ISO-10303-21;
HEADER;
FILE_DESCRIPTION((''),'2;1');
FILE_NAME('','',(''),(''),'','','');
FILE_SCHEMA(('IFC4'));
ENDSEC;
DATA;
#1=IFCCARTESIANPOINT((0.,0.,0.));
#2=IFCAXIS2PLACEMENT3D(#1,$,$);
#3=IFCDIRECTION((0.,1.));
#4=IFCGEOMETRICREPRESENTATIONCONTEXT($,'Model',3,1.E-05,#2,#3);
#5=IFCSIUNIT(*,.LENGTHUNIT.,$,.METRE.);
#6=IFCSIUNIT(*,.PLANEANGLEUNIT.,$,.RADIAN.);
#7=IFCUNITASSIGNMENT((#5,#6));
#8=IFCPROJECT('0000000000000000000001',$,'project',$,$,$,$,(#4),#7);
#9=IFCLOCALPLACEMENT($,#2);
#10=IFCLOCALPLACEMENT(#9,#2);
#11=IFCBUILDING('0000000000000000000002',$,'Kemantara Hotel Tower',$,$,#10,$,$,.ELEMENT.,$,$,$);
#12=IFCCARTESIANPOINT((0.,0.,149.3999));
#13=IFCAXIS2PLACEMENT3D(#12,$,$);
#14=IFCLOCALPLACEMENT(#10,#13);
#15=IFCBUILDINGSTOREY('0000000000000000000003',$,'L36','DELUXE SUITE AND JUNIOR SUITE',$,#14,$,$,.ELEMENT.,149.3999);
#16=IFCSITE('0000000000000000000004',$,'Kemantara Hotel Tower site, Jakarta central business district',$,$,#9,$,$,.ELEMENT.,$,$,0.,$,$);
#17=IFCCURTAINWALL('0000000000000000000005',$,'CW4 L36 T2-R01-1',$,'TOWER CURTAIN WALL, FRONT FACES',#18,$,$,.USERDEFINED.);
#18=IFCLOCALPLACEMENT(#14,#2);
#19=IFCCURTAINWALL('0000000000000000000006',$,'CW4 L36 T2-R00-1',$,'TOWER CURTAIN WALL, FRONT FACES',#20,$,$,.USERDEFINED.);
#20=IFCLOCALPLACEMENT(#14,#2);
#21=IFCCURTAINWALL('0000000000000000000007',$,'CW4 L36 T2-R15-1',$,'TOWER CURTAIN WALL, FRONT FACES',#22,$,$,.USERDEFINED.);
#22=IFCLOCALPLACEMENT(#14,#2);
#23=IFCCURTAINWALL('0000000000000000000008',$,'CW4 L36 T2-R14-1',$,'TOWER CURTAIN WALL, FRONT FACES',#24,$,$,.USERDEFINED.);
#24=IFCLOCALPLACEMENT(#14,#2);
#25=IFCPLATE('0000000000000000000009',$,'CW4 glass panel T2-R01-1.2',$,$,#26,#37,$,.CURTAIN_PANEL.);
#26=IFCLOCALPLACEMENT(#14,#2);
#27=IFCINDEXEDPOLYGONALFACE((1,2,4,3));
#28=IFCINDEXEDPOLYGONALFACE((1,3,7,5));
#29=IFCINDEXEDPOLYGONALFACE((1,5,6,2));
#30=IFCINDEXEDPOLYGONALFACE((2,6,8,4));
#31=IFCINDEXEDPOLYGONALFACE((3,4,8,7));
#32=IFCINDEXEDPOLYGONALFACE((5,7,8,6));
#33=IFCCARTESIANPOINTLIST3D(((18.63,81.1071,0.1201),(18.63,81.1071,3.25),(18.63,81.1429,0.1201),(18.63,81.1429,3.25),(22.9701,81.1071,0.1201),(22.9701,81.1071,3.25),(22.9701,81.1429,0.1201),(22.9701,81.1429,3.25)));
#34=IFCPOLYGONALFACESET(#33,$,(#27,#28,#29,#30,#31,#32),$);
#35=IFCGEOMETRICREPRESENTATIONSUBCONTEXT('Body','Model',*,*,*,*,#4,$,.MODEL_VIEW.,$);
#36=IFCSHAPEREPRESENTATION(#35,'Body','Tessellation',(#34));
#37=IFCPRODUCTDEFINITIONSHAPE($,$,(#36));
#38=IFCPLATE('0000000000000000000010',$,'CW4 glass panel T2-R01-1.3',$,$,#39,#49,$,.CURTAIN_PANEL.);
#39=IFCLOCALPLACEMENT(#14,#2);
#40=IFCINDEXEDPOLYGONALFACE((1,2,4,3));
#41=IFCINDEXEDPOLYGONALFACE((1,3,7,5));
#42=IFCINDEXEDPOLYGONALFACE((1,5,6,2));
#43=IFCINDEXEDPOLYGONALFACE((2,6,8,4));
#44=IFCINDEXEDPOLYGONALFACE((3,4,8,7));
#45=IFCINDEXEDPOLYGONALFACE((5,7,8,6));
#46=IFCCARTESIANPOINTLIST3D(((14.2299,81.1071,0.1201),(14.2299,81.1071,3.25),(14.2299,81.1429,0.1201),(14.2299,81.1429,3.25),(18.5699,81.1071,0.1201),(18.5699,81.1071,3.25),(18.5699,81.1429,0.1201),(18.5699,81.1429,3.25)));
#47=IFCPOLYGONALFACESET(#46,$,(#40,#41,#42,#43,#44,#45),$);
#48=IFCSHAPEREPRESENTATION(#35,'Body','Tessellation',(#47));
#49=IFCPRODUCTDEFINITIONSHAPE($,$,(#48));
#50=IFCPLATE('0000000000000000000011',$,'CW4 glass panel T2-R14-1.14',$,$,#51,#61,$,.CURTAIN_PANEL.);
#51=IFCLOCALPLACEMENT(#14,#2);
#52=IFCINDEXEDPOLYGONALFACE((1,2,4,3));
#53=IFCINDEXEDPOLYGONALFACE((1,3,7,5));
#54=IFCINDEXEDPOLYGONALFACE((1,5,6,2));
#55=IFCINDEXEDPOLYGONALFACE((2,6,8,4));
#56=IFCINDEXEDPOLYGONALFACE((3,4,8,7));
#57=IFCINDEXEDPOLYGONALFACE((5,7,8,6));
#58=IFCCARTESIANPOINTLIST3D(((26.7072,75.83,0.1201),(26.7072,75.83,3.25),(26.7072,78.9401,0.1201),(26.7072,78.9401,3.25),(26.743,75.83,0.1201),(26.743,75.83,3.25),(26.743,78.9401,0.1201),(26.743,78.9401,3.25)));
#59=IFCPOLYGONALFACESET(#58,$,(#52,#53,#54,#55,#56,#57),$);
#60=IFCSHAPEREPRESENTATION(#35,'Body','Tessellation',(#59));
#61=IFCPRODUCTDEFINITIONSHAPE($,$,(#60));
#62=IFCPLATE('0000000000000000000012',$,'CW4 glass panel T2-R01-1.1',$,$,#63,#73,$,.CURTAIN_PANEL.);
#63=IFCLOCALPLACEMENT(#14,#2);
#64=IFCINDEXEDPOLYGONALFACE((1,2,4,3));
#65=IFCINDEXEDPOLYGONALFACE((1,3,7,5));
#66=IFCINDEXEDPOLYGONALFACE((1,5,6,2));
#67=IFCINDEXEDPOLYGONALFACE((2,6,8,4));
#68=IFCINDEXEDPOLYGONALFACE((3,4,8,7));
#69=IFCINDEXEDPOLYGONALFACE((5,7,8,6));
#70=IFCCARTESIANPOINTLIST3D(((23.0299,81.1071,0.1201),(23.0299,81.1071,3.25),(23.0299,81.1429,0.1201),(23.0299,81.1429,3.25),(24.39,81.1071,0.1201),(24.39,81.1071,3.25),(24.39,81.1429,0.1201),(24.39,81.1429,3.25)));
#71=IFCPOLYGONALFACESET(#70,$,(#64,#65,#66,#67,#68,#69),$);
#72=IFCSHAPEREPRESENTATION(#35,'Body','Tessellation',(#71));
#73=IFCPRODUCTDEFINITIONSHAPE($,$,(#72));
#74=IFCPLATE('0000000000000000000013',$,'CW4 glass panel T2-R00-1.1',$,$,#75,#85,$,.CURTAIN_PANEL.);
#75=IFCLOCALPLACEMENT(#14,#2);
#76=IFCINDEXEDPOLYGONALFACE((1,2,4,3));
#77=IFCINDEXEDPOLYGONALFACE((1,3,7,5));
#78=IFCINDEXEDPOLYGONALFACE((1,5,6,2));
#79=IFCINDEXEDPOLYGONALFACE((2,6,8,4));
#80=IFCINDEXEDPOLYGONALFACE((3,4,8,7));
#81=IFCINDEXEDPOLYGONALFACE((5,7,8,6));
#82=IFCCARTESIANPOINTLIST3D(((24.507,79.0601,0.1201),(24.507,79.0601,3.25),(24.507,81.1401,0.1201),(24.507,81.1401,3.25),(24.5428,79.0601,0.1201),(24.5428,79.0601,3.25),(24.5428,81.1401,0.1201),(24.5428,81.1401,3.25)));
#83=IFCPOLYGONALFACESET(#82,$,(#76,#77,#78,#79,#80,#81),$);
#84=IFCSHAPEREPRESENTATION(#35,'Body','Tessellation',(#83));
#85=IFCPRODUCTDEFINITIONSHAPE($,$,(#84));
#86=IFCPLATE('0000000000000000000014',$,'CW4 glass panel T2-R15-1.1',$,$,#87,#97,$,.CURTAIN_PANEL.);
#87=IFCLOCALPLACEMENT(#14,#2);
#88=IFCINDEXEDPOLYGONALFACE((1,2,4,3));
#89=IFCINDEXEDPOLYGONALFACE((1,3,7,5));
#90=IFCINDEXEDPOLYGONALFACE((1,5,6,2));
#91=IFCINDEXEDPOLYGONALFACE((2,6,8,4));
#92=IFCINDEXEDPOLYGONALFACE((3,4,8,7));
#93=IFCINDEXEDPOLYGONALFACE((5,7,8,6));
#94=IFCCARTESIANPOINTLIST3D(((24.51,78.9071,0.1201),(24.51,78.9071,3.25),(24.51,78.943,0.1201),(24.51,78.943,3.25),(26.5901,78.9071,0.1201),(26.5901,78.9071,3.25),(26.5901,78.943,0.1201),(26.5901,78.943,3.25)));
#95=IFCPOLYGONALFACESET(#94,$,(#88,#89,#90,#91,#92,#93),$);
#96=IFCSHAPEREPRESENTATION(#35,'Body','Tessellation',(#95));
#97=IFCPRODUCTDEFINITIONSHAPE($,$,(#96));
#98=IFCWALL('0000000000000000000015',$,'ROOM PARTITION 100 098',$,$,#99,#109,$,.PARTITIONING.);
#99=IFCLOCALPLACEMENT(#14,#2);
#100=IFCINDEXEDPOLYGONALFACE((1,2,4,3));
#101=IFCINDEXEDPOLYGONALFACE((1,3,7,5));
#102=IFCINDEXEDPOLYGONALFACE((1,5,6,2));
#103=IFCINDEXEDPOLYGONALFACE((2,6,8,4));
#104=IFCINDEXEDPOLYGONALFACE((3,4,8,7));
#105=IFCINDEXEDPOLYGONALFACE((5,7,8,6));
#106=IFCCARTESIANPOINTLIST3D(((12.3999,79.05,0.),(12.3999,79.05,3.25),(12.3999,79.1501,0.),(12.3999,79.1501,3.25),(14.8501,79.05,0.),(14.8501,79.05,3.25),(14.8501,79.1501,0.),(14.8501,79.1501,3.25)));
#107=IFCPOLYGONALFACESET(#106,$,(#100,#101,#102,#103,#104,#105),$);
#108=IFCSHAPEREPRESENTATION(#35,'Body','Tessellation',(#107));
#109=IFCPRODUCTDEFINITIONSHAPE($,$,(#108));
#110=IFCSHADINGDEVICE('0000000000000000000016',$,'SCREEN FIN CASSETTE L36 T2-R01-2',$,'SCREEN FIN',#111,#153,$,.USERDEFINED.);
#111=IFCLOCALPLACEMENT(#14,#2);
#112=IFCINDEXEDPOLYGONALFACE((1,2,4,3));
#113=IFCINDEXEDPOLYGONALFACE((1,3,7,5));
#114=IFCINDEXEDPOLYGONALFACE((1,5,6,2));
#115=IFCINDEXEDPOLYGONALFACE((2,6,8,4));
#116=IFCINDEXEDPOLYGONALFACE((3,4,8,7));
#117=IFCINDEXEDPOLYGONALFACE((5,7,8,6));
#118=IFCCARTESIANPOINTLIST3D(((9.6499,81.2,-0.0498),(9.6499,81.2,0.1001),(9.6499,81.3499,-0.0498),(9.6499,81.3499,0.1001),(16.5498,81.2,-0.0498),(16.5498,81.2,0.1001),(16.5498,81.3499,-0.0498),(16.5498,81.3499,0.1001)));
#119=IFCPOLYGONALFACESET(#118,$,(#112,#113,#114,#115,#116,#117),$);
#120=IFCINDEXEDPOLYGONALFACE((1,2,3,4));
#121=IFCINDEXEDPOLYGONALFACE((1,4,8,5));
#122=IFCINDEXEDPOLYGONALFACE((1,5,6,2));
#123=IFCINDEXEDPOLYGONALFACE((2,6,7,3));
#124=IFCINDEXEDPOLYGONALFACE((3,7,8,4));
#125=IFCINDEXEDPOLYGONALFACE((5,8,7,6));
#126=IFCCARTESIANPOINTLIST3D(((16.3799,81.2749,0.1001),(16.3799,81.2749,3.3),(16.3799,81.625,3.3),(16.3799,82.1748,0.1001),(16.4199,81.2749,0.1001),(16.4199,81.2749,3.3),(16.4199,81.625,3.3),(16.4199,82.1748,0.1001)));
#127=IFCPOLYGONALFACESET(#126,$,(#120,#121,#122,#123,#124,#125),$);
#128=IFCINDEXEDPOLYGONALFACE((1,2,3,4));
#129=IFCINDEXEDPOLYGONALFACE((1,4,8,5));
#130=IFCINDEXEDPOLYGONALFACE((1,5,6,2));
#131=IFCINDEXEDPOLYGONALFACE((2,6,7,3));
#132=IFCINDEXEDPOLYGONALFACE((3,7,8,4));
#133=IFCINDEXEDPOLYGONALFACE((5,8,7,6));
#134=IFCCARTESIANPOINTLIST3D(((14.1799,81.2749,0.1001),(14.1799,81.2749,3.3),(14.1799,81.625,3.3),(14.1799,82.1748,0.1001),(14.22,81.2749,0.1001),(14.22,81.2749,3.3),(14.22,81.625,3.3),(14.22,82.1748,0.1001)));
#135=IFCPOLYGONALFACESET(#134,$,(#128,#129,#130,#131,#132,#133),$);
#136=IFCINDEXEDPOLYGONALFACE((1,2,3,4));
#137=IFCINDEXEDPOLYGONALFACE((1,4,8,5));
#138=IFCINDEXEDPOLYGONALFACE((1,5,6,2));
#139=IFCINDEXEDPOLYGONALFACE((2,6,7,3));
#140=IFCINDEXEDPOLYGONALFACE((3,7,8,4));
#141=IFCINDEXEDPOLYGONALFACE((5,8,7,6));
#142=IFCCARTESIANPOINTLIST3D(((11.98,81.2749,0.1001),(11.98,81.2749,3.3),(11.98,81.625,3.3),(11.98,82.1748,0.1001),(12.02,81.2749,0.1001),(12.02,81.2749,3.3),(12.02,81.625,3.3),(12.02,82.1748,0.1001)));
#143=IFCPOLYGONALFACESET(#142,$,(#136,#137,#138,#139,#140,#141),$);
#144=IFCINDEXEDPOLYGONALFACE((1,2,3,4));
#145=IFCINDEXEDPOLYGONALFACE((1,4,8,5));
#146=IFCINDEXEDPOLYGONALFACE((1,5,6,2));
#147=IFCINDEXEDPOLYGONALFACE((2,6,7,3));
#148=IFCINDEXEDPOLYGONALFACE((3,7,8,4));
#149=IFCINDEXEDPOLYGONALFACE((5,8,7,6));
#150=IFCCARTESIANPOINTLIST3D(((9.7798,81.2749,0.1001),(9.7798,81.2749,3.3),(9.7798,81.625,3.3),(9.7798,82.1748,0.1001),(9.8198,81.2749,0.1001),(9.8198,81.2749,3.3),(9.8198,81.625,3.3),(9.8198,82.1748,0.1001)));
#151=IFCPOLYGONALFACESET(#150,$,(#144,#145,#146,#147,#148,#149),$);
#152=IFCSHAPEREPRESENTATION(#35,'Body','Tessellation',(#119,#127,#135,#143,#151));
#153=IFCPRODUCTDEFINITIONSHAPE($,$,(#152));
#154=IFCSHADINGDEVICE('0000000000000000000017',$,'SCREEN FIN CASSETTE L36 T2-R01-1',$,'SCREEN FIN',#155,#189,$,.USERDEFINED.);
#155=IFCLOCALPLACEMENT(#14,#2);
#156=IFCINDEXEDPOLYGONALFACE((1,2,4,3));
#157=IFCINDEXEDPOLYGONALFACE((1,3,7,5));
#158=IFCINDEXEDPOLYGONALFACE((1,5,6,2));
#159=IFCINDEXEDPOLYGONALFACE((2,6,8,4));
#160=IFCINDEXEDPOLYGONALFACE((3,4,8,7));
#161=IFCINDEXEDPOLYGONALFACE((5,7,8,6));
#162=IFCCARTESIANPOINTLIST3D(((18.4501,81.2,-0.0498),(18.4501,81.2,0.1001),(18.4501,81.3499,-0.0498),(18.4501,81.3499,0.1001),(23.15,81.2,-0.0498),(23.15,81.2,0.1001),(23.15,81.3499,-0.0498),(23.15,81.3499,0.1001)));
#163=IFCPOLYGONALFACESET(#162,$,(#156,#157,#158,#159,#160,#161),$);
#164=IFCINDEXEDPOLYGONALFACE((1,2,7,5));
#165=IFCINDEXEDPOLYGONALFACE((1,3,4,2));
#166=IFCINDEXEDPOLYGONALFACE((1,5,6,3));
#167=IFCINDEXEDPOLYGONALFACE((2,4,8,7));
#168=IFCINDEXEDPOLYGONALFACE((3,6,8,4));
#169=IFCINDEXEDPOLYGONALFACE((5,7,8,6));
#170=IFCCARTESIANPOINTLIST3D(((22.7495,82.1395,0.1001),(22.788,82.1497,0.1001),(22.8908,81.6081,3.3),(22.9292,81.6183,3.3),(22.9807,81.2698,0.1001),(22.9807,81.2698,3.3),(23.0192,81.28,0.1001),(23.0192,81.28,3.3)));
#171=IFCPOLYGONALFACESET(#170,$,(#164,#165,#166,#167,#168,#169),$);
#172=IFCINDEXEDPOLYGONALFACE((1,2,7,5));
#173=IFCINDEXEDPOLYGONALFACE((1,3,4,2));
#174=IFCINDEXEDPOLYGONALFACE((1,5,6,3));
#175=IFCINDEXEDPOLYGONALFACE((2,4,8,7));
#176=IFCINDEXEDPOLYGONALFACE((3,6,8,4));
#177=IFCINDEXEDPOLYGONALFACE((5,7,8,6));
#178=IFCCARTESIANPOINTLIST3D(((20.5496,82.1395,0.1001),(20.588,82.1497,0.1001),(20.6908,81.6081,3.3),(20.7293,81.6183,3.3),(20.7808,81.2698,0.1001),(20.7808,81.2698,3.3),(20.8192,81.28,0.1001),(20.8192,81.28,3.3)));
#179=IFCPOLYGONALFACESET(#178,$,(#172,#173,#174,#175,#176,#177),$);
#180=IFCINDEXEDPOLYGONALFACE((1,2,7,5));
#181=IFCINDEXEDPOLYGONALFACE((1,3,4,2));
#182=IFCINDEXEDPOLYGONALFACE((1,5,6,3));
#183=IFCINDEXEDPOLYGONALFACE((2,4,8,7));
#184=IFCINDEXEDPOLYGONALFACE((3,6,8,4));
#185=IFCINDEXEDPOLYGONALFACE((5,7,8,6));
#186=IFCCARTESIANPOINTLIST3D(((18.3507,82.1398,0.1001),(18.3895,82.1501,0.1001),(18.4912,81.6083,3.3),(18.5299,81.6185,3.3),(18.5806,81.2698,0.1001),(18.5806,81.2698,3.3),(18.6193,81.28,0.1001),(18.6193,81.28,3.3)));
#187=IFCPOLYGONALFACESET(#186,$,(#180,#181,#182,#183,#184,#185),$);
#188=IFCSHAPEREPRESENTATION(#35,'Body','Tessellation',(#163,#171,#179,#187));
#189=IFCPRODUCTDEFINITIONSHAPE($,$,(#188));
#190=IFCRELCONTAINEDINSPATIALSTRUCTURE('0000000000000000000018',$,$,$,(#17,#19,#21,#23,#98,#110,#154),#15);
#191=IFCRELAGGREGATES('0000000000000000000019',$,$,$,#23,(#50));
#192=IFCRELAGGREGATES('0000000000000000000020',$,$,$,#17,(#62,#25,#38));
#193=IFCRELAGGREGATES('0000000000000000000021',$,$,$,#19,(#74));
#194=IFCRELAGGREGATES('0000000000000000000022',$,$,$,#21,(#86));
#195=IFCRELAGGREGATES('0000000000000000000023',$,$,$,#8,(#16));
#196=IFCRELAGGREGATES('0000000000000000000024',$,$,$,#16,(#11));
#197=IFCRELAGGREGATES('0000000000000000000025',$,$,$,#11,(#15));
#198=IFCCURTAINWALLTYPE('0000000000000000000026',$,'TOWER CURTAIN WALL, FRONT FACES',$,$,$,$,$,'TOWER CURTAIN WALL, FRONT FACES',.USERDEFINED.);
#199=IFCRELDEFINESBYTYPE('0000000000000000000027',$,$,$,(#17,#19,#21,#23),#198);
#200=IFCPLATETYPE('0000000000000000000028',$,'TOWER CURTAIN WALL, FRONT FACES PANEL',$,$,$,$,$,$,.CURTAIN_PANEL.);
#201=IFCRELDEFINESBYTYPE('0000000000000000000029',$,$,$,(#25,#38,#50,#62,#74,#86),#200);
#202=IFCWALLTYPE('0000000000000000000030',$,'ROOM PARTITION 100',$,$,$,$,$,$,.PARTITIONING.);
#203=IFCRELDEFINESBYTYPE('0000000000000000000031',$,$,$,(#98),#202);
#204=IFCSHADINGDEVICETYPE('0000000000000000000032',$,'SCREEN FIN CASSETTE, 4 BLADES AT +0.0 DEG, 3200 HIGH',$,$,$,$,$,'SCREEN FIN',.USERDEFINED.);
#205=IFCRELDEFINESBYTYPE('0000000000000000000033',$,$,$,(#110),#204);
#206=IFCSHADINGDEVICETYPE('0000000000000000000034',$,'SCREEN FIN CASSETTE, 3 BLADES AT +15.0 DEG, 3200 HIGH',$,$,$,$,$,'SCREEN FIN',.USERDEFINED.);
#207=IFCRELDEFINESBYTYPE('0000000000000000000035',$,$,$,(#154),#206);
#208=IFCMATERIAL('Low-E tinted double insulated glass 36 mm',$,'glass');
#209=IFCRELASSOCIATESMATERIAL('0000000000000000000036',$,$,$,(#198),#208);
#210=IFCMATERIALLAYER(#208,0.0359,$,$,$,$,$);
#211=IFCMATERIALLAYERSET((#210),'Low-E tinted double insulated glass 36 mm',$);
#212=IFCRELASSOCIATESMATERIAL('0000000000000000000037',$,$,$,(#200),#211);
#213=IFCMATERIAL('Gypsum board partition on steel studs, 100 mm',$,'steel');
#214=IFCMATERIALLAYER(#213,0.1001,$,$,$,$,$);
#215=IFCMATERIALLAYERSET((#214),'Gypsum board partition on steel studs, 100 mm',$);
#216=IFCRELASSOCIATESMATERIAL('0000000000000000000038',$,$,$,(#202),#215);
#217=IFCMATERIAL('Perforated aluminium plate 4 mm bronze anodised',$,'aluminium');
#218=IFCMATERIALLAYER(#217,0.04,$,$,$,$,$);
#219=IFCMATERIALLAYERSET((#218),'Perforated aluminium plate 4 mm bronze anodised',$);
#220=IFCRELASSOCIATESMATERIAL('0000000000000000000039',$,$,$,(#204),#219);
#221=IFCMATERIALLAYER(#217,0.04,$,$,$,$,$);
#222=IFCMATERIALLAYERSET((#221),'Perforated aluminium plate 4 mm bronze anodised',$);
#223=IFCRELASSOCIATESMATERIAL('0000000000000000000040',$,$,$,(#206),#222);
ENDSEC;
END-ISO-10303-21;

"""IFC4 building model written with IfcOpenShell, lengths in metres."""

from ifc_helpers import new_model, si_unit, direction, frame, frame_2d, origin, origin_2d, place, context, subcontext, project, spatial, polyline, rectangle, outline, extrude, source, transform, mapped, material, layer, layer_set, type_object, element, aggregate, save


model = new_model("IFC4")

# Units and contexts
model_context = context("Model", 3, precision=1e-05, world=origin(), true_north=direction((0.0, 1.0)))
body_context = subcontext(model_context, "Body", "Model", "MODEL_VIEW")
ifc_project = project(units=[si_unit("LENGTHUNIT", "METRE"), si_unit("PLANEANGLEUNIT", "RADIAN")], contexts=[model_context])

# Site, building, storey
site_placement = place(None, origin())
site = spatial("IfcSite", under=ifc_project, at=site_placement, Name="Kemantara Hotel Tower site, Jakarta central business district", CompositionType="ELEMENT", RefElevation=0.0)
building_placement = place(site_placement, origin())
building = spatial("IfcBuilding", under=site, at=building_placement, Name="Kemantara Hotel Tower", CompositionType="ELEMENT")
storey_placement = place(building_placement, frame((0.0, 0.0, 149.3999)))
storey = spatial("IfcBuildingStorey", under=building, at=storey_placement, Name="L36", Description="DELUXE SUITE AND JUNIOR SUITE", CompositionType="ELEMENT", Elevation=149.3999)

# Curtain walls
ifc_material_1 = material(Name="Low-E tinted double insulated glass 36 mm", Category="glass")
curtain_wall_type = type_object("IfcCurtainWallType", Name="TOWER CURTAIN WALL, FRONT FACES", ElementType="TOWER CURTAIN WALL, FRONT FACES", PredefinedType="USERDEFINED", material=ifc_material_1)
curtain_wall_1_placement = place(storey_placement, origin())
curtain_wall_1 = element("IfcCurtainWall", 1, at=curtain_wall_1_placement, inside=storey, type_object=curtain_wall_type, Name="CW4 L36 T2-R01-1", ObjectType="TOWER CURTAIN WALL, FRONT FACES", PredefinedType="USERDEFINED")
curtain_wall_2_placement = place(storey_placement, origin())
curtain_wall_2 = element("IfcCurtainWall", 2, at=curtain_wall_2_placement, inside=storey, type_object=curtain_wall_type, Name="CW4 L36 T2-R00-1", ObjectType="TOWER CURTAIN WALL, FRONT FACES", PredefinedType="USERDEFINED")
curtain_wall_3_placement = place(storey_placement, origin())
curtain_wall_3 = element("IfcCurtainWall", 3, at=curtain_wall_3_placement, inside=storey, type_object=curtain_wall_type, Name="CW4 L36 T2-R15-1", ObjectType="TOWER CURTAIN WALL, FRONT FACES", PredefinedType="USERDEFINED")

# Curtain wall
curtain_wall_4_placement = place(storey_placement, origin())
curtain_wall_4 = element("IfcCurtainWall", 4, at=curtain_wall_4_placement, inside=storey, type_object=curtain_wall_type, Name="CW4 L36 T2-R14-1", ObjectType="TOWER CURTAIN WALL, FRONT FACES", PredefinedType="USERDEFINED")

# Plates
ifc_layer_1 = layer(ifc_material_1, 0.0359)
ifc_layer_set_1 = layer_set([ifc_layer_1], Name="Low-E tinted double insulated glass 36 mm")
plate_type = type_object("IfcPlateType", Name="TOWER CURTAIN WALL, FRONT FACES PANEL", PredefinedType="CURTAIN_PANEL", material=ifc_layer_set_1)
shared_shape_1 = source(origin(), body_context, "Body", "SweptSolid", [
    extrude(rectangle(XDim=4.3401, YDim=0.0359, at=origin_2d()), origin(), (0.0, 0.0, 1.0), 3.1299),
])
plate_1_placement = place(storey_placement, frame((20.8, 81.125, 0.1201), z_axis=(0.0, 0.0, 1.0), x_axis=(-1.0, 0.0, 0.0)))
plate_1 = element("IfcPlate", 5, at=plate_1_placement, type_object=plate_type, Name="CW4 glass panel T2-R01-1.2", PredefinedType="CURTAIN_PANEL", context=body_context, shape_type="MappedRepresentation", body=[
    mapped(shared_shape_1, transform((0.0, 0.0, 0.0))),
])
plate_2_placement = place(storey_placement, frame((16.3999, 81.125, 0.1201), z_axis=(0.0, 0.0, 1.0), x_axis=(-1.0, 0.0, 0.0)))
plate_2 = element("IfcPlate", 6, at=plate_2_placement, type_object=plate_type, Name="CW4 glass panel T2-R01-1.3", PredefinedType="CURTAIN_PANEL", context=body_context, shape_type="MappedRepresentation", body=[
    mapped(shared_shape_1, transform((0.0, 0.0, 0.0))),
])
shared_shape_2 = source(origin(), body_context, "Body", "SweptSolid", [
    extrude(rectangle(XDim=3.1101, YDim=0.0359, at=origin_2d()), origin(), (0.0, 0.0, 1.0), 3.1299),
])
plate_3_placement = place(storey_placement, frame((26.7251, 77.385, 0.1201), z_axis=(0.0, 0.0, 1.0), x_axis=(0.0, 1.0, 0.0)))
plate_3 = element("IfcPlate", 7, at=plate_3_placement, type_object=plate_type, Name="CW4 glass panel T2-R14-1.14", PredefinedType="CURTAIN_PANEL", context=body_context, shape_type="MappedRepresentation", body=[
    mapped(shared_shape_2, transform((0.0, 0.0, 0.0))),
])
aggregate(curtain_wall_4, [plate_3])
shared_shape_3 = source(origin(), body_context, "Body", "SweptSolid", [
    extrude(rectangle(XDim=1.3601, YDim=0.0359, at=origin_2d()), origin(), (0.0, 0.0, 1.0), 3.1299),
])
plate_4_placement = place(storey_placement, frame((23.71, 81.125, 0.1201), z_axis=(0.0, 0.0, 1.0), x_axis=(-1.0, 0.0, 0.0)))
plate_4 = element("IfcPlate", 8, at=plate_4_placement, type_object=plate_type, Name="CW4 glass panel T2-R01-1.1", PredefinedType="CURTAIN_PANEL", context=body_context, shape_type="MappedRepresentation", body=[
    mapped(shared_shape_3, transform((0.0, 0.0, 0.0))),
])
aggregate(curtain_wall_1, [plate_4, plate_1, plate_2])
shared_shape_4 = source(origin(), body_context, "Body", "SweptSolid", [
    extrude(rectangle(XDim=2.0801, YDim=0.0359, at=origin_2d()), origin(), (0.0, 0.0, 1.0), 3.1299),
])
plate_5_placement = place(storey_placement, frame((24.5249, 80.1001, 0.1201), z_axis=(0.0, 0.0, 1.0), x_axis=(0.0, 1.0, 0.0)))
plate_5 = element("IfcPlate", 9, at=plate_5_placement, type_object=plate_type, Name="CW4 glass panel T2-R00-1.1", PredefinedType="CURTAIN_PANEL", context=body_context, shape_type="MappedRepresentation", body=[
    mapped(shared_shape_4, transform((0.0, 0.0, 0.0))),
])
aggregate(curtain_wall_2, [plate_5])
plate_6_placement = place(storey_placement, frame((25.55, 78.925, 0.1201), z_axis=(0.0, 0.0, 1.0), x_axis=(-1.0, 0.0, 0.0)))
plate_6 = element("IfcPlate", 10, at=plate_6_placement, type_object=plate_type, Name="CW4 glass panel T2-R15-1.1", PredefinedType="CURTAIN_PANEL", context=body_context, shape_type="MappedRepresentation", body=[
    mapped(shared_shape_4, transform((0.0, 0.0, 0.0))),
])
aggregate(curtain_wall_3, [plate_6])

# Wall
ifc_material_2 = material(Name="Gypsum board partition on steel studs, 100 mm", Category="steel")
ifc_layer_2 = layer(ifc_material_2, 0.1001)
ifc_layer_set_2 = layer_set([ifc_layer_2], Name="Gypsum board partition on steel studs, 100 mm")
wall_type = type_object("IfcWallType", Name="ROOM PARTITION 100", PredefinedType="PARTITIONING", material=ifc_layer_set_2)
wall_placement = place(storey_placement, frame((12.3999, 79.1001, 0.0), z_axis=(0.0, 0.0, 1.0), x_axis=(1.0, 0.0, 0.0)))
element("IfcWall", 11, at=wall_placement, inside=storey, type_object=wall_type, Name="ROOM PARTITION 100 098", PredefinedType="PARTITIONING", context=body_context, shape_type="SweptSolid", body=[
    extrude(rectangle(XDim=2.4502, YDim=0.1001, at=frame_2d((1.2251, 0.0))), origin(), (0.0, 0.0, 1.0), 3.25),
])

# Shading devices
ifc_material_3 = material(Name="Perforated aluminium plate 4 mm bronze anodised", Category="aluminium")
ifc_layer_3 = layer(ifc_material_3, 0.04)
ifc_layer_set_3 = layer_set([ifc_layer_3], Name="Perforated aluminium plate 4 mm bronze anodised")
shading_device_type_1 = type_object("IfcShadingDeviceType", Name="SCREEN FIN CASSETTE, 4 BLADES AT +0.0 DEG, 3200 HIGH", ElementType="SCREEN FIN", PredefinedType="USERDEFINED", material=ifc_layer_set_3)
shared_shape_5 = source(origin(), body_context, "Body", "SweptSolid", [
    extrude(rectangle(XDim=6.8999, YDim=0.1499, at=origin_2d()), frame((3.3, -0.075, -0.1499), z_axis=(0.0, 0.0, 1.0), x_axis=(1.0, 0.0, 0.0)), (0.0, 0.0, 1.0), 0.1499),
    extrude(outline(polyline([(0.0, 0.0), (0.8999, 0.0), (0.3501, 3.2), (0.0, 3.2), (0.0, 0.0)])), frame((0.02, -0.075, 0.0), z_axis=(-1.0, 0.0, 0.0), x_axis=(0.0, -1.0, 0.0)), (0.0, 0.0, 1.0), 0.04),
    extrude(outline(polyline([(0.0, 0.0), (0.8999, 0.0), (0.3501, 3.2), (0.0, 3.2), (0.0, 0.0)])), frame((2.22, -0.075, 0.0), z_axis=(-1.0, 0.0, 0.0), x_axis=(0.0, -1.0, 0.0)), (0.0, 0.0, 1.0), 0.04),
    extrude(outline(polyline([(0.0, 0.0), (0.8999, 0.0), (0.3501, 3.2), (0.0, 3.2), (0.0, 0.0)])), frame((4.4199, -0.075, 0.0), z_axis=(-1.0, 0.0, 0.0), x_axis=(0.0, -1.0, 0.0)), (0.0, 0.0, 1.0), 0.04),
    extrude(outline(polyline([(0.0, 0.0), (0.8999, 0.0), (0.3501, 3.2), (0.0, 3.2), (0.0, 0.0)])), frame((6.6201, -0.075, 0.0), z_axis=(-1.0, 0.0, 0.0), x_axis=(0.0, -1.0, 0.0)), (0.0, 0.0, 1.0), 0.04),
])
shading_device_1_placement = place(storey_placement, frame((16.3999, 81.2, 0.1001), z_axis=(0.0, 0.0, 1.0), x_axis=(-1.0, 0.0, 0.0)))
element("IfcShadingDevice", 12, at=shading_device_1_placement, inside=storey, type_object=shading_device_type_1, Name="SCREEN FIN CASSETTE L36 T2-R01-2", ObjectType="SCREEN FIN", PredefinedType="USERDEFINED", context=body_context, shape_type="MappedRepresentation", body=[
    mapped(shared_shape_5, transform((0.0, 0.0, 0.0))),
])
ifc_layer_4 = layer(ifc_material_3, 0.04)
ifc_layer_set_4 = layer_set([ifc_layer_4], Name="Perforated aluminium plate 4 mm bronze anodised")
shading_device_type_2 = type_object("IfcShadingDeviceType", Name="SCREEN FIN CASSETTE, 3 BLADES AT +15.0 DEG, 3200 HIGH", ElementType="SCREEN FIN", PredefinedType="USERDEFINED", material=ifc_layer_set_4)
shared_shape_6 = source(origin(), body_context, "Body", "SweptSolid", [
    extrude(rectangle(XDim=4.7, YDim=0.1499, at=origin_2d()), frame((2.2, -0.075, -0.1499), z_axis=(0.0, 0.0, 1.0), x_axis=(1.0, 0.0, 0.0)), (0.0, 0.0, 1.0), 0.1499),
    extrude(outline(polyline([(0.0, 0.0), (0.8999, 0.0), (0.3501, 3.2), (0.0, 3.2), (0.0, 0.0)])), frame((0.0193, -0.0698, 0.0), z_axis=(-0.966438, -0.256901, 0.0), x_axis=(0.256901, -0.966438, 0.0)), (0.0, 0.0, 1.0), 0.0398),
    extrude(outline(polyline([(0.0, 0.0), (0.8999, 0.0), (0.3501, 3.2), (0.0, 3.2), (0.0, 0.0)])), frame((2.2192, -0.0698, 0.0), z_axis=(-0.966438, -0.256901, 0.0), x_axis=(0.256901, -0.966438, 0.0)), (0.0, 0.0, 1.0), 0.0398),
    extrude(outline(polyline([(0.0, 0.0), (0.8999, 0.0), (0.3501, 3.2), (0.0, 3.2), (0.0, 0.0)])), frame((4.4194, -0.0698, 0.0), z_axis=(-0.966838, -0.255391, 0.0), x_axis=(0.255391, -0.966838, 0.0)), (0.0, 0.0, 1.0), 0.04),
])
shading_device_2_placement = place(storey_placement, frame((23.0, 81.2, 0.1001), z_axis=(0.0, 0.0, 1.0), x_axis=(-1.0, 0.0, 0.0)))
element("IfcShadingDevice", 13, at=shading_device_2_placement, inside=storey, type_object=shading_device_type_2, Name="SCREEN FIN CASSETTE L36 T2-R01-1", ObjectType="SCREEN FIN", PredefinedType="USERDEFINED", context=body_context, shape_type="MappedRepresentation", body=[
    mapped(shared_shape_6, transform((0.0, 0.0, 0.0))),
])

save(model, "model.ifc")
